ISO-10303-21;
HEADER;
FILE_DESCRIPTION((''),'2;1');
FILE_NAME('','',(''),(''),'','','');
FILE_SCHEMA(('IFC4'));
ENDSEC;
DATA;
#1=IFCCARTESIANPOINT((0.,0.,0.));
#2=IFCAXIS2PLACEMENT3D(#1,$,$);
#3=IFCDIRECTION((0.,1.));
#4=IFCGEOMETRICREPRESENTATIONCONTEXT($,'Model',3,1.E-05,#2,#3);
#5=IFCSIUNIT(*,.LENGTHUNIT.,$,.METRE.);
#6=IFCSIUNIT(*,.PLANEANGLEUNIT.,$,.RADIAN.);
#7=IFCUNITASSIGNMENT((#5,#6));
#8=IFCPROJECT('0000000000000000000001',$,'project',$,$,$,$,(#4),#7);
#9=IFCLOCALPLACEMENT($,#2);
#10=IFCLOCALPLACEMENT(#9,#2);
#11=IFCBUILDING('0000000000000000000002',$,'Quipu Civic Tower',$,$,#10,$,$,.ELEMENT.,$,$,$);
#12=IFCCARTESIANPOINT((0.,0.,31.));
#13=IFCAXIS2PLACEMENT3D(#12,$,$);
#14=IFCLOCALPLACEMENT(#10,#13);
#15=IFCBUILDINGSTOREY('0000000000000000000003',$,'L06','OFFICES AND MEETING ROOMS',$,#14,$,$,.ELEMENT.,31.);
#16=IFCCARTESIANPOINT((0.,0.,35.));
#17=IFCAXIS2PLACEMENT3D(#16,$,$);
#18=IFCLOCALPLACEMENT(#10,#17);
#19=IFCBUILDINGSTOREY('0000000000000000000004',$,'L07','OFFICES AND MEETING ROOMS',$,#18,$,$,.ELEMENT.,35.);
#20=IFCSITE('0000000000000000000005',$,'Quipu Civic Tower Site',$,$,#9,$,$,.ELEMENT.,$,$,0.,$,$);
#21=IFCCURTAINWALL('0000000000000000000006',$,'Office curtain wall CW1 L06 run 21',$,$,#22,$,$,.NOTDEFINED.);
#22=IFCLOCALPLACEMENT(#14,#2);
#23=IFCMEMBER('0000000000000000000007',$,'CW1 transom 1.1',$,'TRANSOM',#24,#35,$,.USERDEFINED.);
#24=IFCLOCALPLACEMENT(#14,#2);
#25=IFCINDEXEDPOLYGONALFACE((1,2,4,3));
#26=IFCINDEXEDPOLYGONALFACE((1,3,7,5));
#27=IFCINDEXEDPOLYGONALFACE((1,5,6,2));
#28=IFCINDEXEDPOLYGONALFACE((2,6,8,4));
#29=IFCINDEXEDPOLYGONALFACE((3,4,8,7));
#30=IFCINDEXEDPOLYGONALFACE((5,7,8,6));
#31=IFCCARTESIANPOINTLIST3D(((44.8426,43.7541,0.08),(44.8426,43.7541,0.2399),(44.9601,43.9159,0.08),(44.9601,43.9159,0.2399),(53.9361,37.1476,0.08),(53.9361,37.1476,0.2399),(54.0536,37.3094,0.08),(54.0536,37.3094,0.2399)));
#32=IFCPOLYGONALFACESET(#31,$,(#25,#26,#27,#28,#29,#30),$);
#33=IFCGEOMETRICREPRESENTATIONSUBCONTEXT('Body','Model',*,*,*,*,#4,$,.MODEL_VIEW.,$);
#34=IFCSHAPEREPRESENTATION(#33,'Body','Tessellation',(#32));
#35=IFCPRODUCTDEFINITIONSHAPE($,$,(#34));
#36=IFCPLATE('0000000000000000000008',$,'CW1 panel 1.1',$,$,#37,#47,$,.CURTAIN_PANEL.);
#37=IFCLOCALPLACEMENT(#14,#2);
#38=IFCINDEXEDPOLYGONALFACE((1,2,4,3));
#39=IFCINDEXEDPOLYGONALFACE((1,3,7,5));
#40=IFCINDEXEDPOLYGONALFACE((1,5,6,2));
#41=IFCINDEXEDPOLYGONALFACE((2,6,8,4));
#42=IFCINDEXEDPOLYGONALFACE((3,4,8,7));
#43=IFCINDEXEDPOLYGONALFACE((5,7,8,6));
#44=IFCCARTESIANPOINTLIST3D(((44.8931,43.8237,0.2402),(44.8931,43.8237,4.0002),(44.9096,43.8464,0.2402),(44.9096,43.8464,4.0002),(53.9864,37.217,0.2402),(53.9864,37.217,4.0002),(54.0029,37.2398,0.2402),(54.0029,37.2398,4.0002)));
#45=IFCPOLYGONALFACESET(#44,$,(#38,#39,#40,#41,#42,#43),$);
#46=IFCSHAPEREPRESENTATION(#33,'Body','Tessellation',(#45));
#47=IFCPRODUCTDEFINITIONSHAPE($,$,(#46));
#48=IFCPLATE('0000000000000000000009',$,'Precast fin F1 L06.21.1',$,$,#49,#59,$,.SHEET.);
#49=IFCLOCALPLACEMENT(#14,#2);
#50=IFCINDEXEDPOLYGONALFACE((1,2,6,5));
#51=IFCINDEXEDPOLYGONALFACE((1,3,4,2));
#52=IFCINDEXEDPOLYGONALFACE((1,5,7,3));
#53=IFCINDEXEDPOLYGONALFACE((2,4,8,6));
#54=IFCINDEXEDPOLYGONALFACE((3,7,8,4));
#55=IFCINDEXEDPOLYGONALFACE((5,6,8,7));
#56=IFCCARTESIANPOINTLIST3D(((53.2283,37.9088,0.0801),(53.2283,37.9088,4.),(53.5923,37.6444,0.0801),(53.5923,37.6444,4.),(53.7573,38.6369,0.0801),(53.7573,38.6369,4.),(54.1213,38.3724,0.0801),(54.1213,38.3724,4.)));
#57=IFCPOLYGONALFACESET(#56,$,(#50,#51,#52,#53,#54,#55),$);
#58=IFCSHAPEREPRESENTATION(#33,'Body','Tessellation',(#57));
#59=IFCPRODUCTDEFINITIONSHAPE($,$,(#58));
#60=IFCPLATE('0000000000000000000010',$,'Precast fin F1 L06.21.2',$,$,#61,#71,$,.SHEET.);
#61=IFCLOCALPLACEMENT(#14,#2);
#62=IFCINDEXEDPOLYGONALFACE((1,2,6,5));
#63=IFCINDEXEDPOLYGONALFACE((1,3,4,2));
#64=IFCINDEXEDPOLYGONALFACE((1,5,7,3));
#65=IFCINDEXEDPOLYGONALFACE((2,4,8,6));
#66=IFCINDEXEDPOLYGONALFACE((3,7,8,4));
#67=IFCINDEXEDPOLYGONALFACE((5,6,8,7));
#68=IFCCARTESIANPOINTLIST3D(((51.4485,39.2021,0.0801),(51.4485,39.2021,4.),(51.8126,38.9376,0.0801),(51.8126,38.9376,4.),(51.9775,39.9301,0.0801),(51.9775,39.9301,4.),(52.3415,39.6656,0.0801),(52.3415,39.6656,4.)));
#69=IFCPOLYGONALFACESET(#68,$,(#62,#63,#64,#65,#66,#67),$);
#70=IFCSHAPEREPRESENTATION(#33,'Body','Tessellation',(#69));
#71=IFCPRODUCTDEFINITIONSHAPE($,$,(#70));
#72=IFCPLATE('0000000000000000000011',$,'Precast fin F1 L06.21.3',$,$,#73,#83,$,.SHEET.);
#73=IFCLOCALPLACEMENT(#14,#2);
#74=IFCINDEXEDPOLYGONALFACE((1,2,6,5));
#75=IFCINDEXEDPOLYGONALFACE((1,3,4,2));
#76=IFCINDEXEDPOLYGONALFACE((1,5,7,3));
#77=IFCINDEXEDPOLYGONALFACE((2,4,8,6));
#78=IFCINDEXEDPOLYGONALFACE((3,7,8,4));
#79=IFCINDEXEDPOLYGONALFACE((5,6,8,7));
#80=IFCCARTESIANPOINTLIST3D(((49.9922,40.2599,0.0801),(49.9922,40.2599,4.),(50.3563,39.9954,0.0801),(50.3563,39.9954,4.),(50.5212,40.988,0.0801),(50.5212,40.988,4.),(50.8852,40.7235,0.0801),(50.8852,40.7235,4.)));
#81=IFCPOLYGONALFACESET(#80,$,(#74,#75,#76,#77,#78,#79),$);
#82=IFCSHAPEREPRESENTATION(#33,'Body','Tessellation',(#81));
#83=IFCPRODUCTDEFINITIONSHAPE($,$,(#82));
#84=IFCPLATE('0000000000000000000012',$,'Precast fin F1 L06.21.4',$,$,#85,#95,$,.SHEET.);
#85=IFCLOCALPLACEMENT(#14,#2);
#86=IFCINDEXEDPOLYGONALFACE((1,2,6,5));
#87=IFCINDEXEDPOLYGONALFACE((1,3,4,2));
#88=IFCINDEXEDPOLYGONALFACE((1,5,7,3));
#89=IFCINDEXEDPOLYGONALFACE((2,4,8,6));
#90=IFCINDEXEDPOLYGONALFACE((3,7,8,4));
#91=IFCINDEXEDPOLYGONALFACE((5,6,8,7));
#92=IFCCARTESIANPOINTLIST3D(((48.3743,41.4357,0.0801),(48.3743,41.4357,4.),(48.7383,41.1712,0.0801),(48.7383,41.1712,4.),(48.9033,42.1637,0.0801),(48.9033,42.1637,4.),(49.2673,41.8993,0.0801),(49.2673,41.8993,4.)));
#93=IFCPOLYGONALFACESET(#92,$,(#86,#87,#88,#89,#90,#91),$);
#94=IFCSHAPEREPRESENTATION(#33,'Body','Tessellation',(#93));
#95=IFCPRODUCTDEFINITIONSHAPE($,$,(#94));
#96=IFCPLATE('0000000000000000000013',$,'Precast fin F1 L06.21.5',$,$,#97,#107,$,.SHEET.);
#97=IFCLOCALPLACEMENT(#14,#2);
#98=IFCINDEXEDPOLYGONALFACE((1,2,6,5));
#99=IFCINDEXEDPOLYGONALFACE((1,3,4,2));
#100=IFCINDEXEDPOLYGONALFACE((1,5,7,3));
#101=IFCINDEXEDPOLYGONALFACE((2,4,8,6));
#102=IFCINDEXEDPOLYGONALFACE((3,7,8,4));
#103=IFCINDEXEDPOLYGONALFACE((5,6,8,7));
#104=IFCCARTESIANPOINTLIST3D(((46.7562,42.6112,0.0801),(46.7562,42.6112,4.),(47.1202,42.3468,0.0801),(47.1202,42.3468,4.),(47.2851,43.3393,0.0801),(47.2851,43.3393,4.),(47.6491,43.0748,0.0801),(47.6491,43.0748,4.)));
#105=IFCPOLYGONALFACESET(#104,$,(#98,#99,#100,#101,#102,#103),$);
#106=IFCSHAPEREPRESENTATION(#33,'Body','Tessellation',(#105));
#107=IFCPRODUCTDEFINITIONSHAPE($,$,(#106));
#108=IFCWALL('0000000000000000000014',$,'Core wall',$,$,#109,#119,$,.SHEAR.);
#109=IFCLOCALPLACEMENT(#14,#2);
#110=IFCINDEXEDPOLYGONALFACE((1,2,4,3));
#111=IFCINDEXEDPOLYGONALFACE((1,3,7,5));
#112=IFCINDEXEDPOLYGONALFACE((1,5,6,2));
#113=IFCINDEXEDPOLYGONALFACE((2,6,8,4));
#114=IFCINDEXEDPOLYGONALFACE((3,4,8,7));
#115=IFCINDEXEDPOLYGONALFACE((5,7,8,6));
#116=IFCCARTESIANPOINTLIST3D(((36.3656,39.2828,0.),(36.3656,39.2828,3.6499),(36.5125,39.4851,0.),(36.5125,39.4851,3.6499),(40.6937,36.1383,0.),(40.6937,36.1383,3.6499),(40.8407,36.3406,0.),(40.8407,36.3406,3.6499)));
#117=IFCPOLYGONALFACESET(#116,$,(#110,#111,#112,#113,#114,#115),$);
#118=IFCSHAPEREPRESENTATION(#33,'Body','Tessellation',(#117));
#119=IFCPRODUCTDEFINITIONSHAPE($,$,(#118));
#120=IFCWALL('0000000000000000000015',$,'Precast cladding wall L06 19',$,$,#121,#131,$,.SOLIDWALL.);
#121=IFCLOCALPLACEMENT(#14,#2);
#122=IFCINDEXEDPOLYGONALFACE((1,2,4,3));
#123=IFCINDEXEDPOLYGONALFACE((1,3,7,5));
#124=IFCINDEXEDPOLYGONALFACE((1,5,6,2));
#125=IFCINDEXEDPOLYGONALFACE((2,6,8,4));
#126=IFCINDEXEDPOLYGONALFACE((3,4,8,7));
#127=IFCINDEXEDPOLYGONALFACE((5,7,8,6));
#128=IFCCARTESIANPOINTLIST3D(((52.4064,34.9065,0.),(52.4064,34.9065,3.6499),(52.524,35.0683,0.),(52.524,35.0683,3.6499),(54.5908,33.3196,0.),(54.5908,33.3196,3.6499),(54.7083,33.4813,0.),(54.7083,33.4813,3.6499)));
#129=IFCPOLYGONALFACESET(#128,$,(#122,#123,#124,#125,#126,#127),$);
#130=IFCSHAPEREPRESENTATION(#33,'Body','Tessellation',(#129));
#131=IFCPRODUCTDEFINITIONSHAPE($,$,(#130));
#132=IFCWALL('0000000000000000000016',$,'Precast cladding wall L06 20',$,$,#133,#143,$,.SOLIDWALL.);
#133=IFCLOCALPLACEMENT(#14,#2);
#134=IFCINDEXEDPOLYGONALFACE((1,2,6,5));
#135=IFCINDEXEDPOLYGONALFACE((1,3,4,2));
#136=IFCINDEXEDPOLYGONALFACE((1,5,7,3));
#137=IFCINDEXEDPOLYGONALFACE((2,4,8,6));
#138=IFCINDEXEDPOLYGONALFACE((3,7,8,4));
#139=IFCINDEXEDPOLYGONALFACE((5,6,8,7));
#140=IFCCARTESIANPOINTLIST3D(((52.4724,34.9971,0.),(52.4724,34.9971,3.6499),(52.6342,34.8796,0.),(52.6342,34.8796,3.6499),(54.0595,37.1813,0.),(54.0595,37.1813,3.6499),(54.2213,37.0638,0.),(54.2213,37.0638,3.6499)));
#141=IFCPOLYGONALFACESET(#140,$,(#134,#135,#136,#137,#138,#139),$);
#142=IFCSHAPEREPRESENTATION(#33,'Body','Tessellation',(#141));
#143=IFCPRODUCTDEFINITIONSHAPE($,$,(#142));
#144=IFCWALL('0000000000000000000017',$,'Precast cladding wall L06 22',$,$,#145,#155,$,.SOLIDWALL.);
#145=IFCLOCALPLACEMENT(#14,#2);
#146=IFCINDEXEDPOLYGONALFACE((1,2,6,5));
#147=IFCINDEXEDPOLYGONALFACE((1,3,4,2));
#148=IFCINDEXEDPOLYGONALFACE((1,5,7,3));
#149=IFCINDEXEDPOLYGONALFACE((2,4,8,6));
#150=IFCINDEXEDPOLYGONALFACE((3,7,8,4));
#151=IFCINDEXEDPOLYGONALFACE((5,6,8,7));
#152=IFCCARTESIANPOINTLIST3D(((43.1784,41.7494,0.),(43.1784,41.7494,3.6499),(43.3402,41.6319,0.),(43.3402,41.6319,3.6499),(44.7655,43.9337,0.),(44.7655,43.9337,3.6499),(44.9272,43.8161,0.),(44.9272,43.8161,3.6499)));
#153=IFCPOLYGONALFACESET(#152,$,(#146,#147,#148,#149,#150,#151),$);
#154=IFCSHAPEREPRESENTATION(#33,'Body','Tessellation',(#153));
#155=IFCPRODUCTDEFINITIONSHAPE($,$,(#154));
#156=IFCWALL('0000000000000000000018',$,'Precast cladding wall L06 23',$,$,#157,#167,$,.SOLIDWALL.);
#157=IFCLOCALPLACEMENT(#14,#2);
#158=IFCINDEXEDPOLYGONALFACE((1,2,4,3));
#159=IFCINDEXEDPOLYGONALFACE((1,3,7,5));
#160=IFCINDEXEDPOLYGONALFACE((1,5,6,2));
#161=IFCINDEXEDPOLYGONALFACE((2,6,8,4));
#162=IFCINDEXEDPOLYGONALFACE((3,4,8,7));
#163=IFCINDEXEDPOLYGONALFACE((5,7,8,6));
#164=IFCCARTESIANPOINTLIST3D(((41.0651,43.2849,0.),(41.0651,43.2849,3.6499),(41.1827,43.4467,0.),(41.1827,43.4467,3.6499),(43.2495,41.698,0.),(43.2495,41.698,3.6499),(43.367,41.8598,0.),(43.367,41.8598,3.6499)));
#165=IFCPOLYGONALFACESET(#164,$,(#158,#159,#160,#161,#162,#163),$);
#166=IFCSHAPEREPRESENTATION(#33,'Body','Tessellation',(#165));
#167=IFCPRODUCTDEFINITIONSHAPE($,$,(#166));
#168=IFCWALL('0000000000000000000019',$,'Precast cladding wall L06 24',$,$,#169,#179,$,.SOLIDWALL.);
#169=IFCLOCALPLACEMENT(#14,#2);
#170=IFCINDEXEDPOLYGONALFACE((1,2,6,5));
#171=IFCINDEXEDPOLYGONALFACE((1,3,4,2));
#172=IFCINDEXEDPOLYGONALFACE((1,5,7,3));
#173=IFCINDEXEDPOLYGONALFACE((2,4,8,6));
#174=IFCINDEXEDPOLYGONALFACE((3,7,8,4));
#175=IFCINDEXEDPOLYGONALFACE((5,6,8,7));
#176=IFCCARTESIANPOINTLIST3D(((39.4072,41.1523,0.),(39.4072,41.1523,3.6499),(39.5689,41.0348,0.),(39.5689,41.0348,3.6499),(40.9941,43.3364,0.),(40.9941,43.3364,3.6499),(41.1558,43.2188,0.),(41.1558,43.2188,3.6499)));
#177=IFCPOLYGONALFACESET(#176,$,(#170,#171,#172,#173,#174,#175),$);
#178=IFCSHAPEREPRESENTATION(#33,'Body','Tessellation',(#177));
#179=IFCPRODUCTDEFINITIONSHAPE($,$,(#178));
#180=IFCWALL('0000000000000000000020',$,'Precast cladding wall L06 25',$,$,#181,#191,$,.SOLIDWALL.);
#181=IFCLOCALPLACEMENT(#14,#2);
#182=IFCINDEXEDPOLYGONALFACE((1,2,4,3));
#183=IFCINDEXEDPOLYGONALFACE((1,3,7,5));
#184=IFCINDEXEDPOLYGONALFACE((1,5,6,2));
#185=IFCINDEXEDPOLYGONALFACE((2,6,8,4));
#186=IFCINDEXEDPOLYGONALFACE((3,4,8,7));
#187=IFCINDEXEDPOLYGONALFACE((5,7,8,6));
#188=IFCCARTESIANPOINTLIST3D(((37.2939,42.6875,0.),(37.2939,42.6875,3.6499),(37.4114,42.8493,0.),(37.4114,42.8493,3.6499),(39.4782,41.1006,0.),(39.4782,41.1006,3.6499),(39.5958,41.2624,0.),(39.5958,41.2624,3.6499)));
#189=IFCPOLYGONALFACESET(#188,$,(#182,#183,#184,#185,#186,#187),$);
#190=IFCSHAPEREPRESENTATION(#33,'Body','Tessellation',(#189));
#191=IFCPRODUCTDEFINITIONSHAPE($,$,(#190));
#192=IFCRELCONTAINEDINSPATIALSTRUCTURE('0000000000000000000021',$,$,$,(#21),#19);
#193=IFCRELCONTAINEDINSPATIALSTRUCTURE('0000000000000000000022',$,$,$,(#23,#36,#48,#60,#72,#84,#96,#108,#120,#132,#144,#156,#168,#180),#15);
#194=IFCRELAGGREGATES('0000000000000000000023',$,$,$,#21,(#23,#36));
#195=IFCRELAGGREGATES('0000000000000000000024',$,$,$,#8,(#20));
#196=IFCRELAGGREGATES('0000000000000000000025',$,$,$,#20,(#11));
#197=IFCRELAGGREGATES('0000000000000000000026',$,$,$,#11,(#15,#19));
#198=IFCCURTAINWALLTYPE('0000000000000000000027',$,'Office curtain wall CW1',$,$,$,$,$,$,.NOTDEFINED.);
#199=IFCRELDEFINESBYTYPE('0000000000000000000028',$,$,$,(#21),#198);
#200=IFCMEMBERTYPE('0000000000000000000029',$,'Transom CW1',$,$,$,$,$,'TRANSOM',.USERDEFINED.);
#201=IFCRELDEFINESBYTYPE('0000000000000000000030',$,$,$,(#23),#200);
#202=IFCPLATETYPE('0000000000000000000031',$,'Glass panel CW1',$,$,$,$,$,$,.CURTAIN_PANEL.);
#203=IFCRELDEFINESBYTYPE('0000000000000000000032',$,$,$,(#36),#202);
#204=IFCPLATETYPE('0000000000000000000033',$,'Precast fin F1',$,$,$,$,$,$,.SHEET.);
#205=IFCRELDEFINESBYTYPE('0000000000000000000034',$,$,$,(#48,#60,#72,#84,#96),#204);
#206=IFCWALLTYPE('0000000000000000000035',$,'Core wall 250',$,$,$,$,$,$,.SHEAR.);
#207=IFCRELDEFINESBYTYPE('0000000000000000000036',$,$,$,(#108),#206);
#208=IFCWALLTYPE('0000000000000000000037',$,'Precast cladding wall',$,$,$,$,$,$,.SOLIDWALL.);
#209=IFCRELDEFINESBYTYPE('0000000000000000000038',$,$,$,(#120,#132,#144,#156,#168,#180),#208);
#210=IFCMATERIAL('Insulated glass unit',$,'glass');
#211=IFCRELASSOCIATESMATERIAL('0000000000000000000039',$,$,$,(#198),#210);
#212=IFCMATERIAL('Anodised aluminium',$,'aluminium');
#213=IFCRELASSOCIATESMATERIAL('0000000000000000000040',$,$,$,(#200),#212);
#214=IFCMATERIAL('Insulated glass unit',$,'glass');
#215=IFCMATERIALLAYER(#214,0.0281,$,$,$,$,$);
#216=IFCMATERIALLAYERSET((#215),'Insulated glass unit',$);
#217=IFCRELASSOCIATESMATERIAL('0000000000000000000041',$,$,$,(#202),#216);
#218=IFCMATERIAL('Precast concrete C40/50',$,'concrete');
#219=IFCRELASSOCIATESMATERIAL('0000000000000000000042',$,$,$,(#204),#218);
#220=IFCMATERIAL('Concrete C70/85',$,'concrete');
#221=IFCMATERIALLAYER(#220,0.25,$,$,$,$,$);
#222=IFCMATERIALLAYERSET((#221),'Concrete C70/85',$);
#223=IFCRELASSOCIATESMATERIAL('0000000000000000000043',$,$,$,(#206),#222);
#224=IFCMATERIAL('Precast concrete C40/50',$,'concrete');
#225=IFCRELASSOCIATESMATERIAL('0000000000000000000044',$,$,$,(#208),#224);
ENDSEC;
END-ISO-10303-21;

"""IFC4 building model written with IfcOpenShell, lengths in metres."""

from ifc_helpers import new_model, si_unit, direction, frame, frame_2d, origin, origin_2d, place, context, subcontext, project, spatial, rectangle, extrude, material, layer, layer_set, material_profile, profile_set, type_object, element, aggregate, save


model = new_model("IFC4")

# Units and contexts
model_context = context("Model", 3, precision=1e-05, world=origin(), true_north=direction((0.0, 1.0)))
body_context = subcontext(model_context, "Body", "Model", "MODEL_VIEW")
ifc_project = project(units=[si_unit("LENGTHUNIT", "METRE"), si_unit("PLANEANGLEUNIT", "RADIAN")], contexts=[model_context])

# Site, building, storey
site_placement = place(None, origin())
site = spatial("IfcSite", under=ifc_project, at=site_placement, Name="Quipu Civic Tower Site", CompositionType="ELEMENT", RefElevation=0.0)
building_placement = place(site_placement, origin())
building = spatial("IfcBuilding", under=site, at=building_placement, Name="Quipu Civic Tower", CompositionType="ELEMENT")
storey_1_placement = place(building_placement, frame((0.0, 0.0, 31.0)))
storey_1 = spatial("IfcBuildingStorey", under=building, at=storey_1_placement, Name="L06", Description="OFFICES AND MEETING ROOMS", CompositionType="ELEMENT", Elevation=31.0)

# Shared definitions
storey_2_placement = place(building_placement, frame((0.0, 0.0, 35.0)))
storey_2 = spatial("IfcBuildingStorey", under=building, at=storey_2_placement, Name="L07", Description="OFFICES AND MEETING ROOMS", CompositionType="ELEMENT", Elevation=35.0)

# Curtain wall, member, plate
ifc_material_1 = material(Name="Insulated glass unit", Category="glass")
curtain_wall_type = type_object("IfcCurtainWallType", Name="Office curtain wall CW1", PredefinedType="NOTDEFINED", material=ifc_material_1)
curtain_wall_placement = place(storey_2_placement, origin())
curtain_wall = element("IfcCurtainWall", 1, at=curtain_wall_placement, inside=storey_2, type_object=curtain_wall_type, Name="Office curtain wall CW1 L06 run 21", PredefinedType="NOTDEFINED")
ifc_material_2 = material(Name="Anodised aluminium", Category="aluminium")
ifc_material_profile_1 = material_profile(ifc_material_2, rectangle(XDim=0.2, YDim=0.1599, at=origin_2d()), Name="RECT 200x160")
ifc_profile_set_1 = profile_set([ifc_material_profile_1], Name="Anodised aluminium")
member_type = type_object("IfcMemberType", Name="Transom CW1", ElementType="TRANSOM", PredefinedType="USERDEFINED", material=ifc_profile_set_1)
member_placement = place(storey_1_placement, frame((53.9949, 37.2285, 0.1599), z_axis=(-0.809033, 0.587764, 0.0), x_axis=(-0.587764, -0.809033, 0.0)))
member = element("IfcMember", 2, at=member_placement, inside=storey_1, type_object=member_type, Name="CW1 transom 1.1", ObjectType="TRANSOM", PredefinedType="USERDEFINED", context=body_context, shape_type="SweptSolid", body=[
    extrude(rectangle(XDim=0.2, YDim=0.1599, at=origin_2d()), origin(), (0.0, 0.0, 1.0), 11.24),
])
ifc_material_3 = material(Name="Insulated glass unit", Category="glass")
ifc_layer_1 = layer(ifc_material_3, 0.0281)
ifc_layer_set_1 = layer_set([ifc_layer_1], Name="Insulated glass unit")
plate_type_1 = type_object("IfcPlateType", Name="Glass panel CW1", PredefinedType="CURTAIN_PANEL", material=ifc_layer_set_1)
plate_placement = place(storey_1_placement, frame((49.448, 40.5317, 0.2402), z_axis=(0.0, 0.0, 1.0), x_axis=(-0.809019, 0.587782, 0.0)))
plate = element("IfcPlate", 3, at=plate_placement, inside=storey_1, type_object=plate_type_1, Name="CW1 panel 1.1", PredefinedType="CURTAIN_PANEL", context=body_context, shape_type="SweptSolid", body=[
    extrude(rectangle(XDim=11.24, YDim=0.0281, at=origin_2d()), origin(), (0.0, 0.0, 1.0), 3.76),
])
aggregate(curtain_wall, [member, plate])

# Plates
ifc_material_4 = material(Name="Precast concrete C40/50", Category="concrete")
plate_type_2 = type_object("IfcPlateType", Name="Precast fin F1", PredefinedType="SHEET", material=ifc_material_4)
for number, where, z_axis, x_axis, name in (
    (4, (53.6748, 38.1406, 0.0801), (0.0, 0.0, 1.0), (-0.809021, 0.587779, 0.0), "Precast fin F1 L06.21.1"),
    (5, (51.895, 39.4338, 0.0801), (0.0, 0.0, 1.0), (-0.809021, 0.587779, 0.0), "Precast fin F1 L06.21.2"),
    (6, (50.4387, 40.4917, 0.0801), (0.0, 0.0, 1.0), (-0.809021, 0.587779, 0.0), "Precast fin F1 L06.21.3"),
    (7, (48.8208, 41.6675, 0.0801), (0.0, 0.0, 1.0), (-0.809021, 0.587779, 0.0), "Precast fin F1 L06.21.4"),
    (8, (47.2026, 42.843, 0.0801), (0.0, 0.0, 1.0), (-0.809021, 0.587779, 0.0), "Precast fin F1 L06.21.5"),
):
    element("IfcPlate", number, at=place(storey_1_placement, frame(where, z_axis=z_axis, x_axis=x_axis)), inside=storey_1, type_object=plate_type_2, Name=name, PredefinedType="SHEET", context=body_context, shape_type="SweptSolid", body=[
        extrude(rectangle(XDim=0.45, YDim=0.8999, at=origin_2d()), origin(), (0.0, 0.0, 1.0), 3.9199),
    ])

# Walls
ifc_material_5 = material(Name="Concrete C70/85", Category="concrete")
ifc_layer_2 = layer(ifc_material_5, 0.25)
ifc_layer_set_2 = layer_set([ifc_layer_2], Name="Concrete C70/85")
wall_type_1 = type_object("IfcWallType", Name="Core wall 250", PredefinedType="SHEAR", material=ifc_layer_set_2)
wall_1_placement = place(storey_1_placement, frame((40.7671, 36.2395, 0.0), z_axis=(0.0, 0.0, 1.0), x_axis=(-0.80902, 0.587781, 0.0)))
element("IfcWall", 9, at=wall_1_placement, inside=storey_1, type_object=wall_type_1, Name="Core wall", PredefinedType="SHEAR", context=body_context, shape_type="SweptSolid", body=[
    extrude(rectangle(XDim=5.3499, YDim=0.25, at=frame_2d((2.6748, 0.0))), origin(), (0.0, 0.0, 1.0), 3.6499),
])
ifc_material_6 = material(Name="Precast concrete C40/50", Category="concrete")
wall_type_2 = type_object("IfcWallType", Name="Precast cladding wall", PredefinedType="SOLIDWALL", material=ifc_material_6)
for number, where, z_axis, x_axis, name in (
    (10, (54.6497, 33.4004, 0.0), (0.0, 0.0, 1.0), (-0.809033, 0.587763, 0.0), "Precast cladding wall L06 19"),
    (11, (52.5532, 34.9382, 0.0), (0.0, 0.0, 1.0), (0.587822, 0.80899, 0.0), "Precast cladding wall L06 20"),
    (12, (44.8464, 43.875, 0.0), (0.0, 0.0, 1.0), (-0.587822, -0.80899, 0.0), "Precast cladding wall L06 22"),
    (13, (43.3083, 41.7788, 0.0), (0.0, 0.0, 1.0), (-0.809033, 0.587763, 0.0), "Precast cladding wall L06 23"),
):
    element("IfcWall", number, at=place(storey_1_placement, frame(where, z_axis=z_axis, x_axis=x_axis)), inside=storey_1, type_object=wall_type_2, Name=name, PredefinedType="SOLIDWALL", context=body_context, shape_type="SweptSolid", body=[
        extrude(rectangle(XDim=2.7, YDim=0.2, at=frame_2d((1.3501, 0.0))), origin(), (0.0, 0.0, 1.0), 3.6499),
    ])
wall_2_placement = place(storey_1_placement, frame((41.075, 43.2776, 0.0), z_axis=(0.0, 0.0, 1.0), x_axis=(-0.587806, -0.809002, 0.0)))
element("IfcWall", 14, at=wall_2_placement, inside=storey_1, type_object=wall_type_2, Name="Precast cladding wall L06 24", PredefinedType="SOLIDWALL", context=body_context, shape_type="SweptSolid", body=[
    extrude(rectangle(XDim=2.6997, YDim=0.2, at=frame_2d((1.3499, 0.0))), origin(), (0.0, 0.0, 1.0), 3.6499),
])
wall_3_placement = place(storey_1_placement, frame((39.5371, 41.1814, 0.0), z_axis=(0.0, 0.0, 1.0), x_axis=(-0.809033, 0.587763, 0.0)))
element("IfcWall", 15, at=wall_3_placement, inside=storey_1, type_object=wall_type_2, Name="Precast cladding wall L06 25", PredefinedType="SOLIDWALL", context=body_context, shape_type="SweptSolid", body=[
    extrude(rectangle(XDim=2.7, YDim=0.2, at=frame_2d((1.3501, 0.0))), origin(), (0.0, 0.0, 1.0), 3.6499),
])

save(model, "model.ifc")
